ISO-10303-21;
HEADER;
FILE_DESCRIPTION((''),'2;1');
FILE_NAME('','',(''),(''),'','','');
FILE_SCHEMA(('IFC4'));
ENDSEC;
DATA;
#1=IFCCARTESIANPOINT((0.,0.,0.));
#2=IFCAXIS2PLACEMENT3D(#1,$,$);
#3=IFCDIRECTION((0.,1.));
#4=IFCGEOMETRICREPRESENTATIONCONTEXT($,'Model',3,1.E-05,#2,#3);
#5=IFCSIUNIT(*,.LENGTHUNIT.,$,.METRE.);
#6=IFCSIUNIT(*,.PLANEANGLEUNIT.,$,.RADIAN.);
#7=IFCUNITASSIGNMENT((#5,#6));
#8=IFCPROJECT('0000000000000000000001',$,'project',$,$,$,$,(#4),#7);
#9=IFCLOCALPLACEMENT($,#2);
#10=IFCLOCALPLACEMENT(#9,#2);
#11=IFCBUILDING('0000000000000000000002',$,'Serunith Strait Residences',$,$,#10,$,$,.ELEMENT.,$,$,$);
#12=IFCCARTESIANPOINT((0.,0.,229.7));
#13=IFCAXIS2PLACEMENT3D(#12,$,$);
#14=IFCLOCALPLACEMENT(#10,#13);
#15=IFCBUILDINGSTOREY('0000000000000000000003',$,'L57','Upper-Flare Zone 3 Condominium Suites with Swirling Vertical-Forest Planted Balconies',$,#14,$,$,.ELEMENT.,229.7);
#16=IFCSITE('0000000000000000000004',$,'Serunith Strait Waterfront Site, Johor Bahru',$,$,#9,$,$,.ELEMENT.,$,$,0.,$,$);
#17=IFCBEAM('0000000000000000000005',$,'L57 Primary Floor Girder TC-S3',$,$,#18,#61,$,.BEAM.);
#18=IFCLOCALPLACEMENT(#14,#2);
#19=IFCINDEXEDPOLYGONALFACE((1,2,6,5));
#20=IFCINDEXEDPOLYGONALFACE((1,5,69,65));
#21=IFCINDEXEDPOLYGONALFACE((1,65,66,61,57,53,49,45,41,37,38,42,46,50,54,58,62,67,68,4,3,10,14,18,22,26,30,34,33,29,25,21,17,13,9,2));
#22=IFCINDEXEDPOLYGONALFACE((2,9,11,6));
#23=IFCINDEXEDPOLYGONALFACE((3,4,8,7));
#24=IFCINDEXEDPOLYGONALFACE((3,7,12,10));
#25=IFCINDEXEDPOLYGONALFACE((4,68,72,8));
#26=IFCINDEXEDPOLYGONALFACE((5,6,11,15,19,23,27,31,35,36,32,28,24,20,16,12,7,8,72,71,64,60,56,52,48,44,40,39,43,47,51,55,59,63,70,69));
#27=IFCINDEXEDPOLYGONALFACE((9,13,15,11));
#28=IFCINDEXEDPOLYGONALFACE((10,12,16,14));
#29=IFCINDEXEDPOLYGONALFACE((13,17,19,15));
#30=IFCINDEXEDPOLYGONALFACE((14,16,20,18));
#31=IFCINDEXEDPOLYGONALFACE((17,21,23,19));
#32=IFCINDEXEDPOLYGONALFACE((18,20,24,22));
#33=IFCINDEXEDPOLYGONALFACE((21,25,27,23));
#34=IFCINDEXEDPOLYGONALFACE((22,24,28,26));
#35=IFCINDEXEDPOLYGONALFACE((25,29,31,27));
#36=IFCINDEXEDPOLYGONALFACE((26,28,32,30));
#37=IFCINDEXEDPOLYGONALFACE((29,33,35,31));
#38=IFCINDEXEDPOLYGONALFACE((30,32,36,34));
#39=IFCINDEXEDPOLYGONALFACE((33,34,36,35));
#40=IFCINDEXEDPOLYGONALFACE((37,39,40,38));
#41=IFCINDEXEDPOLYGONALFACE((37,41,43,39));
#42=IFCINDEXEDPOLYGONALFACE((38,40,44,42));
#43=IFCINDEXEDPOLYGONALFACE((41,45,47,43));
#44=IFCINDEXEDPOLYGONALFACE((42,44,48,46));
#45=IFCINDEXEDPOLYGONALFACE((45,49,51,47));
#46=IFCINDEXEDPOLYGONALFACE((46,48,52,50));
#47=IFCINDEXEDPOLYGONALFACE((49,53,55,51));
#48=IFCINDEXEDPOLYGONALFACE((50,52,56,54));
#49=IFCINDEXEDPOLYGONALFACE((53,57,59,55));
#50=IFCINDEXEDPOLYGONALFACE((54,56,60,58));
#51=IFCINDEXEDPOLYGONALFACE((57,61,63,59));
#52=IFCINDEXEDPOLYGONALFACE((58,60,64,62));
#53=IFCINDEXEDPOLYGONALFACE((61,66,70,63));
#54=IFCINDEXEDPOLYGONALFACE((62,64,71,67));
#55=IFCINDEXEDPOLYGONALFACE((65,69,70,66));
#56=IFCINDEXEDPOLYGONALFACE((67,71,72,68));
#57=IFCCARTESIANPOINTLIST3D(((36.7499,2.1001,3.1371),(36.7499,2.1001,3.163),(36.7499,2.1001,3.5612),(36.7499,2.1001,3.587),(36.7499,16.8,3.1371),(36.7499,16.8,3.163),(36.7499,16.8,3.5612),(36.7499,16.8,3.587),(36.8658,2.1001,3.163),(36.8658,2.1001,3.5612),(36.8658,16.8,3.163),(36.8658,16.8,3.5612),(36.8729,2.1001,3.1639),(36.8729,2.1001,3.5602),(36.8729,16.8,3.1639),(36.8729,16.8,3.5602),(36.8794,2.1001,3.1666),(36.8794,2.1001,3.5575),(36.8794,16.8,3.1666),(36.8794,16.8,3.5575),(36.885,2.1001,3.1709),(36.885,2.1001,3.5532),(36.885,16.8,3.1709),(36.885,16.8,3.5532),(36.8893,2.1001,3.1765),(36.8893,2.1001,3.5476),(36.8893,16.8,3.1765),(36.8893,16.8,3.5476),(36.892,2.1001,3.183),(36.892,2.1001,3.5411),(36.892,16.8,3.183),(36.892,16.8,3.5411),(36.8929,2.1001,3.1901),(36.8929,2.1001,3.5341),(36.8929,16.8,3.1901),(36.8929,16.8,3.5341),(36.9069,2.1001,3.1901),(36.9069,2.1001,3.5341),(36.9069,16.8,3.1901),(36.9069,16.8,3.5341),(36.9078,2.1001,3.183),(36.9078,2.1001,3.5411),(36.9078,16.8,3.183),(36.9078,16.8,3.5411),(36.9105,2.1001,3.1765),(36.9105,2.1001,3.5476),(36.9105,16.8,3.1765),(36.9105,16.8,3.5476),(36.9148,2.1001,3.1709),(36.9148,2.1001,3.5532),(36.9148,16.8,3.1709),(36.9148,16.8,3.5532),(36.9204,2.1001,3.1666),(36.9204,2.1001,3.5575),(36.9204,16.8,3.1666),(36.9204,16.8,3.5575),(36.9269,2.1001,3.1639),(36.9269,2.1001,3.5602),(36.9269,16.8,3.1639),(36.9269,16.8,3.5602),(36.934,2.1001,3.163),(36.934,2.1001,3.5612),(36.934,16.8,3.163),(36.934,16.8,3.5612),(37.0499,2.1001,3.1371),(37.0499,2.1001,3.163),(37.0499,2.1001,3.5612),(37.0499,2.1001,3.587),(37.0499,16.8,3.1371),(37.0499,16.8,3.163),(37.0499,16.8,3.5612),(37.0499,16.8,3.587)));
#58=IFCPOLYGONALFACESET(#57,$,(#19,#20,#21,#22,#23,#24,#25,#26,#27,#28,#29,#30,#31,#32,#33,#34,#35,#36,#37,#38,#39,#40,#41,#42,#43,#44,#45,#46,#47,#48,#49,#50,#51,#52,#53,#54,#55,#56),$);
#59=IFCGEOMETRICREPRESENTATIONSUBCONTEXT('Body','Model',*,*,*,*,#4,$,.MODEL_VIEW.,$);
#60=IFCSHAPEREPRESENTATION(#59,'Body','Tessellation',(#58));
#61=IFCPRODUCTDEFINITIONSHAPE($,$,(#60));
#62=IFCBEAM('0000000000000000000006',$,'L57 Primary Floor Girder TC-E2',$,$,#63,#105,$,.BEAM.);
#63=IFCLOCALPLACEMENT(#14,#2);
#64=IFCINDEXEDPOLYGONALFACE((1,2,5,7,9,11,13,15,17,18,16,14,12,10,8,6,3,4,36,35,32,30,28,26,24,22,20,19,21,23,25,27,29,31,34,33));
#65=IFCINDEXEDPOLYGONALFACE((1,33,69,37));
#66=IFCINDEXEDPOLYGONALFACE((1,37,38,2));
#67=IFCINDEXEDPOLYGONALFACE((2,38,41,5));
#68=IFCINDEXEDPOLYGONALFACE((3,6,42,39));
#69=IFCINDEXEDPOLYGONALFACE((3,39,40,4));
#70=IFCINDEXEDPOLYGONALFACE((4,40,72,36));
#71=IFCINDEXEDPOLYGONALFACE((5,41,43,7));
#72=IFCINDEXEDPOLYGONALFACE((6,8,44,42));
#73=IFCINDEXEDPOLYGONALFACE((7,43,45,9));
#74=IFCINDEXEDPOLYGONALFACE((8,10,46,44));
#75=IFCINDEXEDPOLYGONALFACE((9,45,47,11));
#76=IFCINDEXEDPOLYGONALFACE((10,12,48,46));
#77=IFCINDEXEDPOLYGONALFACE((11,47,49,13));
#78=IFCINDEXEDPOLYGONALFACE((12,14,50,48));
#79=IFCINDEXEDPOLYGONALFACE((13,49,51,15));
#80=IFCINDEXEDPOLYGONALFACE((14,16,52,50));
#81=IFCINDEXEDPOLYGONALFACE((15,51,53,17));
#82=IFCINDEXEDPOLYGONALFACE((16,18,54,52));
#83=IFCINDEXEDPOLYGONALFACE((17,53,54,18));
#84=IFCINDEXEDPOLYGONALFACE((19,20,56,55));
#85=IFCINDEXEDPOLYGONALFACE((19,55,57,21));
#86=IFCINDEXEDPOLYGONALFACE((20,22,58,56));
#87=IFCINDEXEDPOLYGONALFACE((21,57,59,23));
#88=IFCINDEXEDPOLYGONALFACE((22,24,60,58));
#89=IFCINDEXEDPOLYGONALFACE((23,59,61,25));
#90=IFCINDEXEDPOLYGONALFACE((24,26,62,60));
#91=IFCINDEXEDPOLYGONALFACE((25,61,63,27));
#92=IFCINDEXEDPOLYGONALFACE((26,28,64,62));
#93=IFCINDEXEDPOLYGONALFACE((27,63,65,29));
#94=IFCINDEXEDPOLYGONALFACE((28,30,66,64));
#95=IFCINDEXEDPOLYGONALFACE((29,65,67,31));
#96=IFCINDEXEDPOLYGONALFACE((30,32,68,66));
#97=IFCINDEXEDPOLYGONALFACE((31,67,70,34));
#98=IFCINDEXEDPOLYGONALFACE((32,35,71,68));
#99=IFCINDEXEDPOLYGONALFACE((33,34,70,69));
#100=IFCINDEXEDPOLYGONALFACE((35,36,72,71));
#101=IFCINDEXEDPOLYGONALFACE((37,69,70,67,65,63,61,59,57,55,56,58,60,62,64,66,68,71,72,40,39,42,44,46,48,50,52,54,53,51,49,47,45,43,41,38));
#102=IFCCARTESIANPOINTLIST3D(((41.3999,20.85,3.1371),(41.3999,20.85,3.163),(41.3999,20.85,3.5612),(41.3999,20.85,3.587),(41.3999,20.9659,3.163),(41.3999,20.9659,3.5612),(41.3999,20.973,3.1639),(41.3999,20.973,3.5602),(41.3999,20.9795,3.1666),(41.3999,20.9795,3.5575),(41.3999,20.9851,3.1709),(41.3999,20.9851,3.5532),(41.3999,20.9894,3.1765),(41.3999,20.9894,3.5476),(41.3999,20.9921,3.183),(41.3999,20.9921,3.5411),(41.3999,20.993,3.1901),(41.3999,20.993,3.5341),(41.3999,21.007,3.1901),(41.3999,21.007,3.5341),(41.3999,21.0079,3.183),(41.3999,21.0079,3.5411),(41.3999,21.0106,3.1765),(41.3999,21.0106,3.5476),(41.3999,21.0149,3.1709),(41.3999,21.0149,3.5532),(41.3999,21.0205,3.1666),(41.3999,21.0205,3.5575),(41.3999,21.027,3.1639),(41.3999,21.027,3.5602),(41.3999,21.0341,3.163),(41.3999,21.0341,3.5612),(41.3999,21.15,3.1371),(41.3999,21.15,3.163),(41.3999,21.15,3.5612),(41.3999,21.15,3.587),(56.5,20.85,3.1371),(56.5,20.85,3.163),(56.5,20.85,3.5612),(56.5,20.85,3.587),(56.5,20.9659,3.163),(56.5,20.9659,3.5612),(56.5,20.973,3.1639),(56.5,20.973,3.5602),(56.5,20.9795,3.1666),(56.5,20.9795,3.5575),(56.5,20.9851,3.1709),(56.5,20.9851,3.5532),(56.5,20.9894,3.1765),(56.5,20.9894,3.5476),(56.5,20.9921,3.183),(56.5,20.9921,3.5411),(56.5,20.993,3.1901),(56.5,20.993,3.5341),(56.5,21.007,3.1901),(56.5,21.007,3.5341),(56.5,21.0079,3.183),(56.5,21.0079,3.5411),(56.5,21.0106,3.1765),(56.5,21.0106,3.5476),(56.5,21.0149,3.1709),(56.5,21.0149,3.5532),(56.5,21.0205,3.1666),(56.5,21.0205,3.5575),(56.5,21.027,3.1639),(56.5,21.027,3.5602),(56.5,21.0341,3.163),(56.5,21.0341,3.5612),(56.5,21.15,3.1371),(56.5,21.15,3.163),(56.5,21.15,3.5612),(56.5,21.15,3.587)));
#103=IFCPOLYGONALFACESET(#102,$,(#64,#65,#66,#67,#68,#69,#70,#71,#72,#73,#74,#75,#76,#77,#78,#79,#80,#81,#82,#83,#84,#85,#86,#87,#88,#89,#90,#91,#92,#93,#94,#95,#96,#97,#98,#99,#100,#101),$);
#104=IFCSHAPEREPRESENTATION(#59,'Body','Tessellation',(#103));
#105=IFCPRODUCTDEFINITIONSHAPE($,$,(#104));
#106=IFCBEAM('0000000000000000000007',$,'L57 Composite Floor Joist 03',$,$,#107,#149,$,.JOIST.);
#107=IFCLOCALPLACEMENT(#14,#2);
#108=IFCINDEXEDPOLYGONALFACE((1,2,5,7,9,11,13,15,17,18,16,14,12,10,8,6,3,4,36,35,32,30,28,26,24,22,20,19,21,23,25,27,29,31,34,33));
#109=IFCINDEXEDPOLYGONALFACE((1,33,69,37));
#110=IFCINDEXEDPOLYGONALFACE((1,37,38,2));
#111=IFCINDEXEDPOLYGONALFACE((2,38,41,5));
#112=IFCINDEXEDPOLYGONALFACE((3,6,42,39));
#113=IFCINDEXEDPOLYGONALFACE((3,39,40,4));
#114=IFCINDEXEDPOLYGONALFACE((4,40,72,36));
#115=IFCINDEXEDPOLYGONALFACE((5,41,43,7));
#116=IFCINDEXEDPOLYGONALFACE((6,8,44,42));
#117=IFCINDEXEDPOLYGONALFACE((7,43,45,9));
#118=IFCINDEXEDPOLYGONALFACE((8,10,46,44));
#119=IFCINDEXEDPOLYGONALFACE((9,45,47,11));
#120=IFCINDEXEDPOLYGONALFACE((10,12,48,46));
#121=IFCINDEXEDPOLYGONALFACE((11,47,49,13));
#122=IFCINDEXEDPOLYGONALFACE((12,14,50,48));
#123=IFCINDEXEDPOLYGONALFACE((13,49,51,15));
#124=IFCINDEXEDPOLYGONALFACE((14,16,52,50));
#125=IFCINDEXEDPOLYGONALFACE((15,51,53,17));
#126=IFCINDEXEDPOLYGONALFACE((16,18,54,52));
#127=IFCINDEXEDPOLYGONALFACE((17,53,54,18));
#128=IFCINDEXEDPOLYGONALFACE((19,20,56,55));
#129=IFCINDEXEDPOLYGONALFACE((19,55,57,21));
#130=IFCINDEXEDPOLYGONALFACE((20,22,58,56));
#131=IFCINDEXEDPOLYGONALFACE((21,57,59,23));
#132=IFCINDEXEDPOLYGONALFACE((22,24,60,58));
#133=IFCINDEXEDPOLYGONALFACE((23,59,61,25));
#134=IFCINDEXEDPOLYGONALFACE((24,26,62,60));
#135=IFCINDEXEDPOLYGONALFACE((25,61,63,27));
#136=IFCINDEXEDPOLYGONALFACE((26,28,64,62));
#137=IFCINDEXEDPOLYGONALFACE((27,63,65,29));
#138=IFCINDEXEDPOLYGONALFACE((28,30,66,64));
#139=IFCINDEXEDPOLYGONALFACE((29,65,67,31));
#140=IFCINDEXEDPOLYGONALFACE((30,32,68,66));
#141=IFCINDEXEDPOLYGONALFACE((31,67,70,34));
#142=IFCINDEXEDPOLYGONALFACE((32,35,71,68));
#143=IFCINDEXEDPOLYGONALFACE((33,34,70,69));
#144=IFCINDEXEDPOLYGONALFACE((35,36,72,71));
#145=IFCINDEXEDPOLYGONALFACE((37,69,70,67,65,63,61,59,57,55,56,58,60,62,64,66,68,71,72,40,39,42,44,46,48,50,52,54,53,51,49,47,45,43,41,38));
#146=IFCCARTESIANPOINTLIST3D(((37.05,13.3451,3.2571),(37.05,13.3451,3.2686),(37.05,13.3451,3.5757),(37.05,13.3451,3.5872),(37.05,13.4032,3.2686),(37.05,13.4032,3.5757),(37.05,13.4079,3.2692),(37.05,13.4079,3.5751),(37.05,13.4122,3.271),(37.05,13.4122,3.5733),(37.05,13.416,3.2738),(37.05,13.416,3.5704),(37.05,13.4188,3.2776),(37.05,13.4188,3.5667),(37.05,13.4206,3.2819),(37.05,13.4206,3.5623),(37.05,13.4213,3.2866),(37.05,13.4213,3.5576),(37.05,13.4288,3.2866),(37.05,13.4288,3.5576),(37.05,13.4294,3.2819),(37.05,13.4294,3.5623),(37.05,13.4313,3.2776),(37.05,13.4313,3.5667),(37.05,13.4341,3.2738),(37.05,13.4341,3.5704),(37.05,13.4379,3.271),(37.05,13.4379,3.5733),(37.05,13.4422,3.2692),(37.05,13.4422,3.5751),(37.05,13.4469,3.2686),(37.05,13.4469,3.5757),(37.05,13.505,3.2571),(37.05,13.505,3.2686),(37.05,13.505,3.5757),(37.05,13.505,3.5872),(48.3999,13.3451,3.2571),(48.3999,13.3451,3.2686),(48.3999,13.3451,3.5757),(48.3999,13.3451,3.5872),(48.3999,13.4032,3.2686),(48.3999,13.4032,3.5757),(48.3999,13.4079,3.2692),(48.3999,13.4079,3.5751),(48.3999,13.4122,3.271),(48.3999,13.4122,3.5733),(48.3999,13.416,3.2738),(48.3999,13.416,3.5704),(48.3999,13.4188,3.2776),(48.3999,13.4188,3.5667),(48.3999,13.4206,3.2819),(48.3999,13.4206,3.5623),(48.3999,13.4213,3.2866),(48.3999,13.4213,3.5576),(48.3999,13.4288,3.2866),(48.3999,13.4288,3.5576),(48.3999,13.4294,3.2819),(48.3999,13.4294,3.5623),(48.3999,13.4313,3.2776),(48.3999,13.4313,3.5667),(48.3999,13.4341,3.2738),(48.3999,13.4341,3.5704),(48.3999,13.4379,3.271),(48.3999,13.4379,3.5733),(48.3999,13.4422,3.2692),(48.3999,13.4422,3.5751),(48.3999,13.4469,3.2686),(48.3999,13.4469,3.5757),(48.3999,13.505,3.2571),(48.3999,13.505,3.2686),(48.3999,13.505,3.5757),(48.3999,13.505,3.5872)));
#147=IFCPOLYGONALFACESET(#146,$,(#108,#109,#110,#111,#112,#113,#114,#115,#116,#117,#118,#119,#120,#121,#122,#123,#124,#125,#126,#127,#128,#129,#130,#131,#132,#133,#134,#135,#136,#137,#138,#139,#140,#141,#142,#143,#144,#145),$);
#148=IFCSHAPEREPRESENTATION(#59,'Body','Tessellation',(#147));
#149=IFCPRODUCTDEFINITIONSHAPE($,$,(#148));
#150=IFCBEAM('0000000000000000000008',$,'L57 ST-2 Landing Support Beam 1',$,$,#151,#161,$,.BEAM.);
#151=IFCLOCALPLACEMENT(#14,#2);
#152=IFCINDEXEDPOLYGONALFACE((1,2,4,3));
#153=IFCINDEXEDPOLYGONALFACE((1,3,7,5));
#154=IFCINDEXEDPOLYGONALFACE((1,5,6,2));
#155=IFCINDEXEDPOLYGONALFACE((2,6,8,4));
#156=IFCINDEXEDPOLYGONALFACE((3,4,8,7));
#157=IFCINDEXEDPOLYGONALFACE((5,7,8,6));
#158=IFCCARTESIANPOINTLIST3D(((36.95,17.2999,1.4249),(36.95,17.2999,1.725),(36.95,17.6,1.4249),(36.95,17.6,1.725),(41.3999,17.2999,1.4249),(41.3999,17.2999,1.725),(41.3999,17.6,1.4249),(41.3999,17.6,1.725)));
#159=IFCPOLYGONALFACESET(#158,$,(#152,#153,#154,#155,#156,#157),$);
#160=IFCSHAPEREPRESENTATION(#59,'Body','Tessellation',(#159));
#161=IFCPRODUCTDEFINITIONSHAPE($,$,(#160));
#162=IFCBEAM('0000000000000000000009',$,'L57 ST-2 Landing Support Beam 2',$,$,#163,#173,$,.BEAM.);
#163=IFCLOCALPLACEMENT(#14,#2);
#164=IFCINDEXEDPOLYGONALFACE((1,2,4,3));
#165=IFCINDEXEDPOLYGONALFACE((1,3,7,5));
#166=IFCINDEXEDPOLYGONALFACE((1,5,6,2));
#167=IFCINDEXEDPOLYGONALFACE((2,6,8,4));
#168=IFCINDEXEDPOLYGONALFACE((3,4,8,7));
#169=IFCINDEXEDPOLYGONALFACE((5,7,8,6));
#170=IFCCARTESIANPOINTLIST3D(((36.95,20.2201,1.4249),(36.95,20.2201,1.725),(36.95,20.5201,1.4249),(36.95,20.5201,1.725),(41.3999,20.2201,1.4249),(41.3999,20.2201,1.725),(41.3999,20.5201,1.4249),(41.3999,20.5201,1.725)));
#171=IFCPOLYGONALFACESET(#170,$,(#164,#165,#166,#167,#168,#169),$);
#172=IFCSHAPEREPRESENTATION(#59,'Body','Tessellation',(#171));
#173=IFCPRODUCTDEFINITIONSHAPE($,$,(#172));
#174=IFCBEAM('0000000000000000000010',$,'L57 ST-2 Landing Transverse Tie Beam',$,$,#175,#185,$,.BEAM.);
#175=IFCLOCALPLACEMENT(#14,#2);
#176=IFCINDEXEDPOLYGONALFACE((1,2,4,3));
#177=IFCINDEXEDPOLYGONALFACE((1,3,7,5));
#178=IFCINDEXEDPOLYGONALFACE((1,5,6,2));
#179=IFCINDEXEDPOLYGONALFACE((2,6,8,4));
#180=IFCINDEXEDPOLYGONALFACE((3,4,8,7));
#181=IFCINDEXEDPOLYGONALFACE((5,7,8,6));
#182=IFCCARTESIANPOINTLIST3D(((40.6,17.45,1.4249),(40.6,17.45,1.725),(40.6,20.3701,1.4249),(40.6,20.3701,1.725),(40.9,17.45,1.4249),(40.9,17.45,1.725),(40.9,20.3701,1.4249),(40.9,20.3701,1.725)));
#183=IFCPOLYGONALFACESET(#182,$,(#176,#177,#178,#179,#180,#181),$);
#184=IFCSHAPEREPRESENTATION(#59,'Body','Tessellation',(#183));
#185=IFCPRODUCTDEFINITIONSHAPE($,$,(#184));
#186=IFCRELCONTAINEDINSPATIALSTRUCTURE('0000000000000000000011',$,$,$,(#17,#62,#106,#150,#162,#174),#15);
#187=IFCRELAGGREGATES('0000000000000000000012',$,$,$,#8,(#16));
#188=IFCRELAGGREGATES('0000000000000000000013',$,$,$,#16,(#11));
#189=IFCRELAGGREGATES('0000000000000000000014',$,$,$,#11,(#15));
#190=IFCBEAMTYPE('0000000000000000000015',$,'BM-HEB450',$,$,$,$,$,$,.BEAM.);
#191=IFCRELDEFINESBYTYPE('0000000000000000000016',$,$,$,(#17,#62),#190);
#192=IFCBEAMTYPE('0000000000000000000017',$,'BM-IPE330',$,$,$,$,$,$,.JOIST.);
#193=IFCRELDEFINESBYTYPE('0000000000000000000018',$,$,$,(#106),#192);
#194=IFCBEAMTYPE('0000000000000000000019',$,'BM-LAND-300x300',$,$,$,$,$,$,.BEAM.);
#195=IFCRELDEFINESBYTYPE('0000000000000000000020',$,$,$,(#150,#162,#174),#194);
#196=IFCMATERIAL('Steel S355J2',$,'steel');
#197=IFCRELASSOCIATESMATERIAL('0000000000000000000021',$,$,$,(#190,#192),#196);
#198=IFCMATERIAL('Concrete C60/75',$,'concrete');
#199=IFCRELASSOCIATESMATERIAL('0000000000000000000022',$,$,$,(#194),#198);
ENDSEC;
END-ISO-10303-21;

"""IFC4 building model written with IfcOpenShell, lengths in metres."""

from ifc_helpers import new_model, si_unit, direction, frame, origin, origin_2d, place, context, subcontext, project, spatial, rectangle, i_section, extrude, source, transform, mapped, material, material_profile, profile_set, type_object, element, save


model = new_model("IFC4")

# Units and contexts
model_context = context("Model", 3, precision=1e-05, world=origin(), true_north=direction((0.0, 1.0)))
body_context = subcontext(model_context, "Body", "Model", "MODEL_VIEW")
ifc_project = project(units=[si_unit("LENGTHUNIT", "METRE"), si_unit("PLANEANGLEUNIT", "RADIAN")], contexts=[model_context])

# Site, building, storey
site_placement = place(None, origin())
site = spatial("IfcSite", under=ifc_project, at=site_placement, Name="Serunith Strait Waterfront Site, Johor Bahru", CompositionType="ELEMENT", RefElevation=0.0)
building_placement = place(site_placement, origin())
building = spatial("IfcBuilding", under=site, at=building_placement, Name="Serunith Strait Residences", CompositionType="ELEMENT")
storey_placement = place(building_placement, frame((0.0, 0.0, 229.7)))
storey = spatial("IfcBuildingStorey", under=building, at=storey_placement, Name="L57", Description="Upper-Flare Zone 3 Condominium Suites with Swirling Vertical-Forest Planted Balconies", CompositionType="ELEMENT", Elevation=229.7)

# Beams
ifc_material_1 = material(Name="Steel S355J2", Category="steel")
ifc_material_profile_1 = material_profile(ifc_material_1, i_section(OverallWidth=0.3, OverallDepth=0.45, WebThickness=0.0139, FlangeThickness=0.0259, FilletRadius=0.0271, at=origin_2d()), Name="HEB 450")
ifc_profile_set_1 = profile_set([ifc_material_profile_1], Name="Steel S355J2")
beam_type_1 = type_object("IfcBeamType", Name="BM-HEB450", PredefinedType="BEAM", material=ifc_profile_set_1)
shared_shape_1 = source(origin(), body_context, "Body", "SweptSolid", [
    extrude(i_section(OverallWidth=0.3, OverallDepth=0.45, WebThickness=0.0139, FlangeThickness=0.0259, FilletRadius=0.0271, at=origin_2d()), origin(), (0.0, 0.0, 1.0), 14.7),
])
beam_1_placement = place(storey_placement, frame((36.8999, 16.8, 3.3621), z_axis=(0.0, -1.0, 0.0), x_axis=(1.0, 0.0, 0.0)))
element("IfcBeam", 1, at=beam_1_placement, inside=storey, type_object=beam_type_1, Name="L57 Primary Floor Girder TC-S3", PredefinedType="BEAM", context=body_context, shape_type="MappedRepresentation", body=[
    mapped(shared_shape_1, transform((0.0, 0.0, 0.0), scale=1.0)),
])
shared_shape_2 = source(origin(), body_context, "Body", "SweptSolid", [
    extrude(i_section(OverallWidth=0.3, OverallDepth=0.45, WebThickness=0.0139, FlangeThickness=0.0259, FilletRadius=0.0271, at=origin_2d()), origin(), (0.0, 0.0, 1.0), 15.1001),
])
beam_2_placement = place(storey_placement, frame((41.3999, 21.0, 3.3621), z_axis=(1.0, 0.0, 0.0), x_axis=(0.0, 1.0, 0.0)))
element("IfcBeam", 2, at=beam_2_placement, inside=storey, type_object=beam_type_1, Name="L57 Primary Floor Girder TC-E2", PredefinedType="BEAM", context=body_context, shape_type="MappedRepresentation", body=[
    mapped(shared_shape_2, transform((0.0, 0.0, 0.0), scale=1.0)),
])
ifc_material_profile_2 = material_profile(ifc_material_1, i_section(OverallWidth=0.1599, OverallDepth=0.3301, WebThickness=0.0076, FlangeThickness=0.0115, FilletRadius=0.0181, at=origin_2d()), Name="IPE 330")
ifc_profile_set_2 = profile_set([ifc_material_profile_2], Name="Steel S355J2")
beam_type_2 = type_object("IfcBeamType", Name="BM-IPE330", PredefinedType="JOIST", material=ifc_profile_set_2)
shared_shape_3 = source(origin(), body_context, "Body", "SweptSolid", [
    extrude(i_section(OverallWidth=0.1599, OverallDepth=0.3301, WebThickness=0.0076, FlangeThickness=0.0115, FilletRadius=0.0181, at=origin_2d()), origin(), (0.0, 0.0, 1.0), 11.3499),
])
beam_3_placement = place(storey_placement, frame((37.05, 13.425, 3.4221), z_axis=(1.0, 0.0, 0.0), x_axis=(0.0, 1.0, 0.0)))
element("IfcBeam", 3, at=beam_3_placement, inside=storey, type_object=beam_type_2, Name="L57 Composite Floor Joist 03", PredefinedType="JOIST", context=body_context, shape_type="MappedRepresentation", body=[
    mapped(shared_shape_3, transform((0.0, 0.0, 0.0), scale=1.0)),
])
ifc_material_2 = material(Name="Concrete C60/75", Category="concrete")
ifc_material_profile_3 = material_profile(ifc_material_2, rectangle(XDim=0.3, YDim=0.3, at=origin_2d()), Name="RC 300x300")
ifc_profile_set_3 = profile_set([ifc_material_profile_3], Name="Concrete C60/75")
beam_type_3 = type_object("IfcBeamType", Name="BM-LAND-300x300", PredefinedType="BEAM", material=ifc_profile_set_3)
shared_shape_4 = source(origin(), body_context, "Body", "SweptSolid", [
    extrude(rectangle(XDim=0.3, YDim=0.3, at=origin_2d()), origin(), (0.0, 0.0, 1.0), 4.45),
])
for number, where, z_axis, x_axis, name in (
    (4, (36.95, 17.45, 1.575), (1.0, 0.0, 0.0), (0.0, 1.0, 0.0), "L57 ST-2 Landing Support Beam 1"),
    (5, (36.95, 20.3701, 1.575), (1.0, 0.0, 0.0), (0.0, 1.0, 0.0), "L57 ST-2 Landing Support Beam 2"),
):
    element("IfcBeam", number, at=place(storey_placement, frame(where, z_axis=z_axis, x_axis=x_axis)), inside=storey, type_object=beam_type_3, Name=name, PredefinedType="BEAM", context=body_context, shape_type="MappedRepresentation", body=[
        mapped(shared_shape_4, transform((0.0, 0.0, 0.0), scale=1.0)),
    ])
shared_shape_5 = source(origin(), body_context, "Body", "SweptSolid", [
    extrude(rectangle(XDim=0.3, YDim=0.3, at=origin_2d()), origin(), (0.0, 0.0, 1.0), 2.9202),
])
beam_4_placement = place(storey_placement, frame((40.75, 17.45, 1.575), z_axis=(0.0, 1.0, 0.0), x_axis=(-1.0, 0.0, 0.0)))
element("IfcBeam", 6, at=beam_4_placement, inside=storey, type_object=beam_type_3, Name="L57 ST-2 Landing Transverse Tie Beam", PredefinedType="BEAM", context=body_context, shape_type="MappedRepresentation", body=[
    mapped(shared_shape_5, transform((0.0, 0.0, 0.0), scale=1.0)),
])

save(model, "model.ifc")
